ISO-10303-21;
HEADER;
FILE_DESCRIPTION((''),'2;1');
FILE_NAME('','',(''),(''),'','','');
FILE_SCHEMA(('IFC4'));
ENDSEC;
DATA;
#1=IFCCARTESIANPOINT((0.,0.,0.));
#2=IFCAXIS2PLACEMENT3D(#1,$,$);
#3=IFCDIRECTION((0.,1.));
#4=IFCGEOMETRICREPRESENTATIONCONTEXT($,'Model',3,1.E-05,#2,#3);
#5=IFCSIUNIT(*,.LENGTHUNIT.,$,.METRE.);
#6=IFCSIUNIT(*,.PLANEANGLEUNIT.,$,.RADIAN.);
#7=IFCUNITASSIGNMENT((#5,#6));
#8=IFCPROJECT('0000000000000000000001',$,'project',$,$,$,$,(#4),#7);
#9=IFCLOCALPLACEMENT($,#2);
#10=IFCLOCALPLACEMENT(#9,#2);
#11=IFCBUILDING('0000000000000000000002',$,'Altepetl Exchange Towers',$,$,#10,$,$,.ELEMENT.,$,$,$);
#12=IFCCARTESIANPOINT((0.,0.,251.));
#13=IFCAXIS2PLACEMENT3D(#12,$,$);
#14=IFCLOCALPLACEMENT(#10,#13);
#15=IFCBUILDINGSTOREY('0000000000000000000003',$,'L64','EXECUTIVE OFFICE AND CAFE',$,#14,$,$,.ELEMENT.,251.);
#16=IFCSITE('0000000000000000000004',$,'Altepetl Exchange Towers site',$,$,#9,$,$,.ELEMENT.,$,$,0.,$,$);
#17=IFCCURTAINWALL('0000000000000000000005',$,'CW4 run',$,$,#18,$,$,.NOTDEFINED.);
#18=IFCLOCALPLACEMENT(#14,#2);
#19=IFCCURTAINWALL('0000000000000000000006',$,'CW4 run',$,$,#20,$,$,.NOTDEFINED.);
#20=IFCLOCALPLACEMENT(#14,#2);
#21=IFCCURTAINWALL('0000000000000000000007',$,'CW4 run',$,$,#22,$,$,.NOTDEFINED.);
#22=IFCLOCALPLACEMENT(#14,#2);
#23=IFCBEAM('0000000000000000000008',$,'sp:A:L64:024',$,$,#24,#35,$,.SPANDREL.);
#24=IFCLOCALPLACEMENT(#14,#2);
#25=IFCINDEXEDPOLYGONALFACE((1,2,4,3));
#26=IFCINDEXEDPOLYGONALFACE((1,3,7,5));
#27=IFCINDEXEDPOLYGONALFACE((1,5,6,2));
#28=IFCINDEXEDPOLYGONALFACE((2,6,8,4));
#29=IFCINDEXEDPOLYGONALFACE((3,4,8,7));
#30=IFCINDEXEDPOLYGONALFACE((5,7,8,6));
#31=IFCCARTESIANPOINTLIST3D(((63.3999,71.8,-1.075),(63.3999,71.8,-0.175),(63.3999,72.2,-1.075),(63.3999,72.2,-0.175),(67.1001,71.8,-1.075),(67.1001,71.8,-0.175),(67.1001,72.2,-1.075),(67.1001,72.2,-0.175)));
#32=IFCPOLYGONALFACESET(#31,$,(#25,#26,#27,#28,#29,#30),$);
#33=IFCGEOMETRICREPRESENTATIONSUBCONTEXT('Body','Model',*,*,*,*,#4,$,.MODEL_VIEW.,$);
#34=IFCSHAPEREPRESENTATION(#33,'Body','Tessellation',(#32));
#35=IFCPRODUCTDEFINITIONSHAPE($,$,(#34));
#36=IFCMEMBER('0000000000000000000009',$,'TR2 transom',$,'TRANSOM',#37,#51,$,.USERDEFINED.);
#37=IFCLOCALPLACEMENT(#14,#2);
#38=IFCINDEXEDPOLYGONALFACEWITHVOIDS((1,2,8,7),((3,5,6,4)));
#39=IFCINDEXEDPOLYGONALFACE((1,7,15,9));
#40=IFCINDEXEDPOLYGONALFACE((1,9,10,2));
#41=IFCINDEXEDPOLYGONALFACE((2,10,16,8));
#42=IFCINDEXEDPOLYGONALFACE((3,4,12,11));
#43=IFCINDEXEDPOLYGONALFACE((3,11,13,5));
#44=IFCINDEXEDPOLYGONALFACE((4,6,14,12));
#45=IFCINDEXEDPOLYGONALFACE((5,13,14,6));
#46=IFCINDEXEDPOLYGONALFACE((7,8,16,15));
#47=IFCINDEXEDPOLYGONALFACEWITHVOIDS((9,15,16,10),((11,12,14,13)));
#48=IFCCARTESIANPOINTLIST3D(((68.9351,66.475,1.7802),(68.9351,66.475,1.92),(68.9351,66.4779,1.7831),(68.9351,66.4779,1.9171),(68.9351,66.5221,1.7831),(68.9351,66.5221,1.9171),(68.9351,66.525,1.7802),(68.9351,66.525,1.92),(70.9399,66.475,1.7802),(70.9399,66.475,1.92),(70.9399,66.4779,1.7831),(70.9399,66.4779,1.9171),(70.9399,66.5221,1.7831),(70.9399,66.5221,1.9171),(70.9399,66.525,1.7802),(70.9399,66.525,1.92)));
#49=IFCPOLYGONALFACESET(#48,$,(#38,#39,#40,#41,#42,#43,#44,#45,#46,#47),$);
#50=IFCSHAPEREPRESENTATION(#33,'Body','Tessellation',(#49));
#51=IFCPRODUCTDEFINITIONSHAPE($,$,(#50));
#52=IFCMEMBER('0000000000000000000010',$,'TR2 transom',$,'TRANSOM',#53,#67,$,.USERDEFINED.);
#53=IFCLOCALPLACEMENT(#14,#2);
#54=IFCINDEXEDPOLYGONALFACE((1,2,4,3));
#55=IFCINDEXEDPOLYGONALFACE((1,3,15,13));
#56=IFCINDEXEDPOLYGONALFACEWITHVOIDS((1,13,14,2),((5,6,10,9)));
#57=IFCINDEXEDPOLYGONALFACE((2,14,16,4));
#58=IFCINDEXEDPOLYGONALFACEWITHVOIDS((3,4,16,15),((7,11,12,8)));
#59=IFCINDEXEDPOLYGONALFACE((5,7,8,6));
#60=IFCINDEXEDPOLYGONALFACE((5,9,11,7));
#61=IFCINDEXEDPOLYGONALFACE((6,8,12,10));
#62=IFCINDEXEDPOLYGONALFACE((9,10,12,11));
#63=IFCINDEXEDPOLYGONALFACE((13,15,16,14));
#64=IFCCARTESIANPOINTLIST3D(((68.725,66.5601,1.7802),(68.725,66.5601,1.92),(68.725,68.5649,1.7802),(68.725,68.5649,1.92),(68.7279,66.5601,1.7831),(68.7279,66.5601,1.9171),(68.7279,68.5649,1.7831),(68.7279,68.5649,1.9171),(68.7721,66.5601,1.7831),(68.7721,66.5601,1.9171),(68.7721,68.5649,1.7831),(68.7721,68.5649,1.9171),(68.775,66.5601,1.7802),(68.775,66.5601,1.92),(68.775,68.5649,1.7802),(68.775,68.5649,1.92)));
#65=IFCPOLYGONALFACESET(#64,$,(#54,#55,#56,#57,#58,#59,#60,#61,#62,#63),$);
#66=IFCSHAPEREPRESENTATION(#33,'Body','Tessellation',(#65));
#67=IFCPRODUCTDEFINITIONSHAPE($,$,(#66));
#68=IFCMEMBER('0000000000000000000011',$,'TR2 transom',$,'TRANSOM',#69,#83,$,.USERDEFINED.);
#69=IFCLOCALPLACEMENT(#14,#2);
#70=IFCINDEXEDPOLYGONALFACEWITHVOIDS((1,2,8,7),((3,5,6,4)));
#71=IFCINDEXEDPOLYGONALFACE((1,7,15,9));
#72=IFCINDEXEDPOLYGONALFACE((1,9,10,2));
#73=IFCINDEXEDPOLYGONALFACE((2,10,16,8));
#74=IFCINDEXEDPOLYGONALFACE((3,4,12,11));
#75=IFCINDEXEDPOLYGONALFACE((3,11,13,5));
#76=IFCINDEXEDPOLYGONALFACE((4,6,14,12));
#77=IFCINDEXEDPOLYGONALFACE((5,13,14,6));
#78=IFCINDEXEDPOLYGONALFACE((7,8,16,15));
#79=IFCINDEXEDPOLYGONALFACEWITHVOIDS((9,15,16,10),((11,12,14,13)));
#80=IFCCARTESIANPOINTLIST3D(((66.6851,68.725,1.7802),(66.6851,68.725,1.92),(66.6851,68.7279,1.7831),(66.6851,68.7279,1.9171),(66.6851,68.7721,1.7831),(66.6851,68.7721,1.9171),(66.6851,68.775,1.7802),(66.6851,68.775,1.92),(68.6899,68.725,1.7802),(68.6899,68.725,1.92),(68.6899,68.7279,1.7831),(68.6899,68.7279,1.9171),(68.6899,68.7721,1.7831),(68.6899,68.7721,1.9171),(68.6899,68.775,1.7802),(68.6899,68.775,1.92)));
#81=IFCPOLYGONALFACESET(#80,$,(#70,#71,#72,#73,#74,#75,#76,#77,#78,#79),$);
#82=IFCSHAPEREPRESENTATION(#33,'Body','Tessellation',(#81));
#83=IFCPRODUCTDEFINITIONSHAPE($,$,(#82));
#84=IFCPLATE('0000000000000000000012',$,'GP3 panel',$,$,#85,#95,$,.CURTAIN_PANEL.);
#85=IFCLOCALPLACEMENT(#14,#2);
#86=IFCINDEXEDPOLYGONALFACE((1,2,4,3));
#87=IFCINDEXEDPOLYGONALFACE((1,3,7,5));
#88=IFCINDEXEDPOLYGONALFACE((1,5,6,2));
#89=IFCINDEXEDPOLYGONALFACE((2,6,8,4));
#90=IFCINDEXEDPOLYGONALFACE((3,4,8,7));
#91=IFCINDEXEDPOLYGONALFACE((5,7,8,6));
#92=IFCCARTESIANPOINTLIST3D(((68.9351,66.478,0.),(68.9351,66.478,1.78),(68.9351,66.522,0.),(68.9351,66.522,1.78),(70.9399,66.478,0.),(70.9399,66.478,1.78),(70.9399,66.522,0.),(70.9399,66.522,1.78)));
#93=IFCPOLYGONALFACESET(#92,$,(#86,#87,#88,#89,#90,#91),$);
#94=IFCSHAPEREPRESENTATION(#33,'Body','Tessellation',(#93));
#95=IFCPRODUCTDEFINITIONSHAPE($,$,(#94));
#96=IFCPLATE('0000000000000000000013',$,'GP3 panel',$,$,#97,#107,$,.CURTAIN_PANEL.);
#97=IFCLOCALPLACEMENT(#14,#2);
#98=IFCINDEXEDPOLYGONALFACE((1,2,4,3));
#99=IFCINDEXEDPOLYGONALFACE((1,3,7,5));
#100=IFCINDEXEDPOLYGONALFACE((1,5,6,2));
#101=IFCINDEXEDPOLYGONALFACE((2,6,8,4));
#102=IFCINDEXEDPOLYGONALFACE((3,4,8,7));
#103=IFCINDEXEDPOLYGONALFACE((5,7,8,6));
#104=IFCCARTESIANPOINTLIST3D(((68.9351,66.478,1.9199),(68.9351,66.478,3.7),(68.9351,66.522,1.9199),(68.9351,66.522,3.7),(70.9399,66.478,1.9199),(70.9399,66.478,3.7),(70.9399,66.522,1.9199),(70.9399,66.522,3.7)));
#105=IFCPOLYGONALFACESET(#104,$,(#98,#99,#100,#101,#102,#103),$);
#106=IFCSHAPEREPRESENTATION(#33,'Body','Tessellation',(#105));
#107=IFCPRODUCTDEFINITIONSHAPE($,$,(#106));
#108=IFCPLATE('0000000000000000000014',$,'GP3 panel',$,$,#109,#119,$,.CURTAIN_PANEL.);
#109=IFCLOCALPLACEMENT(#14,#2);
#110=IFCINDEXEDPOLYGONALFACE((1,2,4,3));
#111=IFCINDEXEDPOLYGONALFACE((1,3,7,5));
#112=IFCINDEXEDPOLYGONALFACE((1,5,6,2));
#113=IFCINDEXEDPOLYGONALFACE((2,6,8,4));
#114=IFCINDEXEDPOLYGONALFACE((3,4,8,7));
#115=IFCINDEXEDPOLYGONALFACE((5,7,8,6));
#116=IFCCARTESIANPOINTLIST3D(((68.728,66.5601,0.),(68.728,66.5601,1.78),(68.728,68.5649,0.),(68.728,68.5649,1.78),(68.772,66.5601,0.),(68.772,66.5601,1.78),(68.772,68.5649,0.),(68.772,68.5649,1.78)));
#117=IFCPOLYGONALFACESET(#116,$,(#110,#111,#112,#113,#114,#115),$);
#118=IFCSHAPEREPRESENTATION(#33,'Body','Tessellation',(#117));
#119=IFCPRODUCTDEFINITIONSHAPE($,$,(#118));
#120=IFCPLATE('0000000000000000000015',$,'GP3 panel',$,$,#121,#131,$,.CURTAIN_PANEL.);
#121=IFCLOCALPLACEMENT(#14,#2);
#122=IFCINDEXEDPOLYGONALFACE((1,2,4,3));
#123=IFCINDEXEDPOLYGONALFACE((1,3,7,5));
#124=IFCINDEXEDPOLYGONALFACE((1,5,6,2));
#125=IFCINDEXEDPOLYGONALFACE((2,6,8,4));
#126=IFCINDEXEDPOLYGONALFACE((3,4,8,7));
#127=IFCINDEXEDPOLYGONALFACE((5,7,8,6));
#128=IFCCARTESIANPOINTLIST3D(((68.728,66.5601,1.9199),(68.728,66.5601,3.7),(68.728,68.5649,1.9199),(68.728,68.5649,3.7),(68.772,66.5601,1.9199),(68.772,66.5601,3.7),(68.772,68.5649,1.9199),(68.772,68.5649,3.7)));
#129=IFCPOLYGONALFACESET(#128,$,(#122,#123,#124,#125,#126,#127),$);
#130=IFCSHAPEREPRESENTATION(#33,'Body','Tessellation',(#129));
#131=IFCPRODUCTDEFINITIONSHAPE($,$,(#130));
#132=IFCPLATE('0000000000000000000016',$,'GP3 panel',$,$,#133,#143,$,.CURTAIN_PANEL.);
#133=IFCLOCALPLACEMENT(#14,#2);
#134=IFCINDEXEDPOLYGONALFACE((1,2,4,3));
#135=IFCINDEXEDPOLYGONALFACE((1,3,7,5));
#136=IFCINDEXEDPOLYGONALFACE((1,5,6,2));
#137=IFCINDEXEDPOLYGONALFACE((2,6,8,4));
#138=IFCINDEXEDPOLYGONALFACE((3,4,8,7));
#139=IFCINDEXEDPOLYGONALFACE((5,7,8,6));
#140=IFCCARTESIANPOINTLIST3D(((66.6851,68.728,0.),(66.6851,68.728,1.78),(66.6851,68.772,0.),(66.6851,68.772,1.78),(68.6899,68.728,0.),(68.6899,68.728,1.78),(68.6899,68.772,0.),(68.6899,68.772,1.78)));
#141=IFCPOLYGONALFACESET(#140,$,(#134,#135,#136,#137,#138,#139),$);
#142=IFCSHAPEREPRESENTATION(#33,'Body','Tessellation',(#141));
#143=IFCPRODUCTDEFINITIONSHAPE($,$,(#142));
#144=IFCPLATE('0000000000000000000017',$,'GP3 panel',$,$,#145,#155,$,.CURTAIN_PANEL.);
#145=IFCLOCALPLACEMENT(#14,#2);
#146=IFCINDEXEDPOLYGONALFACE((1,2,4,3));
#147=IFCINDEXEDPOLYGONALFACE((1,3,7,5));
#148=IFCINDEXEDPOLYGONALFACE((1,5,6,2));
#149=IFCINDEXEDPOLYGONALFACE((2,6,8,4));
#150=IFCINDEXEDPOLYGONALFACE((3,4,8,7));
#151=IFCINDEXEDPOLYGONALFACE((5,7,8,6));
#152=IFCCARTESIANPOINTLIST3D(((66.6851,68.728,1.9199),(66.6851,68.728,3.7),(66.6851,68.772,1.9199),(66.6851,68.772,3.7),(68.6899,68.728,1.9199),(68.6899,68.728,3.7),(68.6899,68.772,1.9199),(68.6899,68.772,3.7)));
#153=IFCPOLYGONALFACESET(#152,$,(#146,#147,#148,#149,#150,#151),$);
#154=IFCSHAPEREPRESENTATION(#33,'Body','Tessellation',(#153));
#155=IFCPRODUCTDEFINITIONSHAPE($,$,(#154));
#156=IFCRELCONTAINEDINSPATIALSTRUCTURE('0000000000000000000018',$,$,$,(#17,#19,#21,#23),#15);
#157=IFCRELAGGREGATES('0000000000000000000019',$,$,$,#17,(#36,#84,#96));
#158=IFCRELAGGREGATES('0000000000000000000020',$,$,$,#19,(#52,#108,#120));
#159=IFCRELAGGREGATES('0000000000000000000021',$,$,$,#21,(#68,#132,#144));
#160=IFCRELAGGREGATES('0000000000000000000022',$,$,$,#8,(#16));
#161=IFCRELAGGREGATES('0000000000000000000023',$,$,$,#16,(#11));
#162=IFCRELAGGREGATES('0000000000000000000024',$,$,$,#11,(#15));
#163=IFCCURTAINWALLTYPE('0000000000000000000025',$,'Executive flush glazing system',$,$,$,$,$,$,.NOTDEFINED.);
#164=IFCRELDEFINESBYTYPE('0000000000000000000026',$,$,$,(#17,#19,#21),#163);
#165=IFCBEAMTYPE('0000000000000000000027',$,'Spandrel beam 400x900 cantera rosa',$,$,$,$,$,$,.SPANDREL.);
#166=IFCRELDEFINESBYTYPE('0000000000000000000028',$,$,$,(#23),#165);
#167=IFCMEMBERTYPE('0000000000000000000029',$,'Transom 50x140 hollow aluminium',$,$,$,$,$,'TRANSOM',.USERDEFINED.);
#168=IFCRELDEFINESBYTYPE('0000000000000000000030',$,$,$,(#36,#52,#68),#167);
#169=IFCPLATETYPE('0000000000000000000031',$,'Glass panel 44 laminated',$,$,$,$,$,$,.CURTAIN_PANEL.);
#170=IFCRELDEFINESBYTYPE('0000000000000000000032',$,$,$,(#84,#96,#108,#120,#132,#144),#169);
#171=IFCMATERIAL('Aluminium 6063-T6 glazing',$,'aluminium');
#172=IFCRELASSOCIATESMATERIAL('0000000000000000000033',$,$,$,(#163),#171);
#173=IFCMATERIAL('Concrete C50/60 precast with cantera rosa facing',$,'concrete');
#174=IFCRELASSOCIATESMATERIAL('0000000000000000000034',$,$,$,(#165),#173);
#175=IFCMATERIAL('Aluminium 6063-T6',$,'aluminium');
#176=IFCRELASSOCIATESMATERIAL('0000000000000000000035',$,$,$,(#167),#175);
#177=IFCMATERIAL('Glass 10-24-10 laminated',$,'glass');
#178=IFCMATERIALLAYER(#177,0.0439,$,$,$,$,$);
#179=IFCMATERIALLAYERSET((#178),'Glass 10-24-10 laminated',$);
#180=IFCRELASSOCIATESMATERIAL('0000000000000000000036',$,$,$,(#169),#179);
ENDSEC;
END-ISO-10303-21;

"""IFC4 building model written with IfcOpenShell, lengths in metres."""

from ifc_helpers import new_model, si_unit, direction, frame, origin, origin_2d, place, context, subcontext, project, spatial, rectangle, hollow_rectangle, extrude, material, layer, layer_set, material_profile, profile_set, type_object, element, aggregate, save


model = new_model("IFC4")

# Units and contexts
model_context = context("Model", 3, precision=1e-05, world=origin(), true_north=direction((0.0, 1.0)))
body_context = subcontext(model_context, "Body", "Model", "MODEL_VIEW")
ifc_project = project(units=[si_unit("LENGTHUNIT", "METRE"), si_unit("PLANEANGLEUNIT", "RADIAN")], contexts=[model_context])

# Site, building, storey
site_placement = place(None, origin())
site = spatial("IfcSite", under=ifc_project, at=site_placement, Name="Altepetl Exchange Towers site", CompositionType="ELEMENT", RefElevation=0.0)
building_placement = place(site_placement, origin())
building = spatial("IfcBuilding", under=site, at=building_placement, Name="Altepetl Exchange Towers", CompositionType="ELEMENT")
storey_placement = place(building_placement, frame((0.0, 0.0, 251.0)))
storey = spatial("IfcBuildingStorey", under=building, at=storey_placement, Name="L64", Description="EXECUTIVE OFFICE AND CAFE", CompositionType="ELEMENT", Elevation=251.0)

# Curtain walls
ifc_material_1 = material(Name="Aluminium 6063-T6 glazing", Category="aluminium")
curtain_wall_type = type_object("IfcCurtainWallType", Name="Executive flush glazing system", PredefinedType="NOTDEFINED", material=ifc_material_1)
curtain_wall_1_placement = place(storey_placement, origin())
curtain_wall_1 = element("IfcCurtainWall", 1, at=curtain_wall_1_placement, inside=storey, type_object=curtain_wall_type, Name="CW4 run", PredefinedType="NOTDEFINED")
ifc_material_2 = material(Name="Aluminium 6063-T6", Category="aluminium")
curtain_wall_2_placement = place(storey_placement, origin())
curtain_wall_2 = element("IfcCurtainWall", 2, at=curtain_wall_2_placement, inside=storey, type_object=curtain_wall_type, Name="CW4 run", PredefinedType="NOTDEFINED")
curtain_wall_3_placement = place(storey_placement, origin())
curtain_wall_3 = element("IfcCurtainWall", 3, at=curtain_wall_3_placement, inside=storey, type_object=curtain_wall_type, Name="CW4 run", PredefinedType="NOTDEFINED")

# Beam
ifc_material_3 = material(Name="Concrete C50/60 precast with cantera rosa facing", Category="concrete")
ifc_material_profile_1 = material_profile(ifc_material_3, rectangle(XDim=0.3999, YDim=0.8999, at=origin_2d()), Name="400 x 900")
ifc_profile_set_1 = profile_set([ifc_material_profile_1], Name="Concrete C50/60 precast with cantera rosa facing")
beam_type = type_object("IfcBeamType", Name="Spandrel beam 400x900 cantera rosa", PredefinedType="SPANDREL", material=ifc_profile_set_1)
beam_1_placement = place(storey_placement, frame((67.1001, 72.0, -0.625), z_axis=(-1.0, 0.0, 0.0), x_axis=(0.0, -1.0, 0.0)))
element("IfcBeam", 4, at=beam_1_placement, inside=storey, type_object=beam_type, Name="sp:A:L64:024", PredefinedType="SPANDREL", context=body_context, shape_type="SweptSolid", body=[
    extrude(rectangle(XDim=0.3999, YDim=0.8999, at=origin_2d()), origin(), (0.0, 0.0, 1.0), 3.7002),
])

# Members
ifc_material_profile_2 = material_profile(ifc_material_2, hollow_rectangle(XDim=0.05, YDim=0.1399, WallThickness=0.0029, at=origin_2d()), Name="Transom 50x140 hollow aluminium")
ifc_profile_set_2 = profile_set([ifc_material_profile_2], Name="Aluminium 6063-T6")
member_type_1 = type_object("IfcMemberType", Name="Transom 50x140 hollow aluminium", ElementType="TRANSOM", PredefinedType="USERDEFINED", material=ifc_profile_set_2)
member_1_placement = place(storey_placement, frame((70.9399, 66.5, 1.8501), z_axis=(-1.0, 0.0, 0.0), x_axis=(0.0, -1.0, 0.0)))
member_1 = element("IfcMember", 5, at=member_1_placement, type_object=member_type_1, Name="TR2 transom", ObjectType="TRANSOM", PredefinedType="USERDEFINED", context=body_context, shape_type="SweptSolid", body=[
    extrude(hollow_rectangle(XDim=0.05, YDim=0.1399, WallThickness=0.0029, at=origin_2d()), origin(), (0.0, 0.0, 1.0), 2.0049),
])
member_2_placement = place(storey_placement, frame((68.75, 66.5601, 1.8501), z_axis=(0.0, 1.0, 0.0), x_axis=(-1.0, 0.0, 0.0)))
member_2 = element("IfcMember", 6, at=member_2_placement, type_object=member_type_1, Name="TR2 transom", ObjectType="TRANSOM", PredefinedType="USERDEFINED", context=body_context, shape_type="SweptSolid", body=[
    extrude(hollow_rectangle(XDim=0.05, YDim=0.1399, WallThickness=0.0029, at=origin_2d()), origin(), (0.0, 0.0, 1.0), 2.0049),
])
member_3_placement = place(storey_placement, frame((68.6899, 68.75, 1.8501), z_axis=(-1.0, 0.0, 0.0), x_axis=(0.0, -1.0, 0.0)))
member_3 = element("IfcMember", 7, at=member_3_placement, type_object=member_type_1, Name="TR2 transom", ObjectType="TRANSOM", PredefinedType="USERDEFINED", context=body_context, shape_type="SweptSolid", body=[
    extrude(hollow_rectangle(XDim=0.05, YDim=0.1399, WallThickness=0.0029, at=origin_2d()), origin(), (0.0, 0.0, 1.0), 2.0049),
])

# Plates
ifc_material_4 = material(Name="Glass 10-24-10 laminated", Category="glass")
ifc_layer = layer(ifc_material_4, 0.0439)
ifc_layer_set = layer_set([ifc_layer], Name="Glass 10-24-10 laminated")
plate_type = type_object("IfcPlateType", Name="Glass panel 44 laminated", PredefinedType="CURTAIN_PANEL", material=ifc_layer_set)
plate_1_placement = place(storey_placement, frame((69.9375, 66.5, 0.0), z_axis=(0.0, 0.0, 1.0), x_axis=(-1.0, 0.0, 0.0)))
plate_1 = element("IfcPlate", 8, at=plate_1_placement, type_object=plate_type, Name="GP3 panel", PredefinedType="CURTAIN_PANEL", context=body_context, shape_type="SweptSolid", body=[
    extrude(rectangle(XDim=2.0049, YDim=0.0439, at=origin_2d()), origin(), (0.0, 0.0, 1.0), 1.78),
])
plate_2_placement = place(storey_placement, frame((69.9375, 66.5, 1.9199), z_axis=(0.0, 0.0, 1.0), x_axis=(-1.0, 0.0, 0.0)))
plate_2 = element("IfcPlate", 9, at=plate_2_placement, type_object=plate_type, Name="GP3 panel", PredefinedType="CURTAIN_PANEL", context=body_context, shape_type="SweptSolid", body=[
    extrude(rectangle(XDim=2.0049, YDim=0.0439, at=origin_2d()), origin(), (0.0, 0.0, 1.0), 1.78),
])
aggregate(curtain_wall_1, [member_1, plate_1, plate_2])
plate_3_placement = place(storey_placement, frame((68.75, 67.5625, 0.0), z_axis=(0.0, 0.0, 1.0), x_axis=(0.0, 1.0, 0.0)))
plate_3 = element("IfcPlate", 10, at=plate_3_placement, type_object=plate_type, Name="GP3 panel", PredefinedType="CURTAIN_PANEL", context=body_context, shape_type="SweptSolid", body=[
    extrude(rectangle(XDim=2.0049, YDim=0.0439, at=origin_2d()), origin(), (0.0, 0.0, 1.0), 1.78),
])
plate_4_placement = place(storey_placement, frame((68.75, 67.5625, 1.9199), z_axis=(0.0, 0.0, 1.0), x_axis=(0.0, 1.0, 0.0)))
plate_4 = element("IfcPlate", 11, at=plate_4_placement, type_object=plate_type, Name="GP3 panel", PredefinedType="CURTAIN_PANEL", context=body_context, shape_type="SweptSolid", body=[
    extrude(rectangle(XDim=2.0049, YDim=0.0439, at=origin_2d()), origin(), (0.0, 0.0, 1.0), 1.78),
])
aggregate(curtain_wall_2, [member_2, plate_3, plate_4])
plate_5_placement = place(storey_placement, frame((67.6875, 68.75, 0.0), z_axis=(0.0, 0.0, 1.0), x_axis=(-1.0, 0.0, 0.0)))
plate_5 = element("IfcPlate", 12, at=plate_5_placement, type_object=plate_type, Name="GP3 panel", PredefinedType="CURTAIN_PANEL", context=body_context, shape_type="SweptSolid", body=[
    extrude(rectangle(XDim=2.0049, YDim=0.0439, at=origin_2d()), origin(), (0.0, 0.0, 1.0), 1.78),
])
plate_6_placement = place(storey_placement, frame((67.6875, 68.75, 1.9199), z_axis=(0.0, 0.0, 1.0), x_axis=(-1.0, 0.0, 0.0)))
plate_6 = element("IfcPlate", 13, at=plate_6_placement, type_object=plate_type, Name="GP3 panel", PredefinedType="CURTAIN_PANEL", context=body_context, shape_type="SweptSolid", body=[
    extrude(rectangle(XDim=2.0049, YDim=0.0439, at=origin_2d()), origin(), (0.0, 0.0, 1.0), 1.78),
])
aggregate(curtain_wall_3, [member_3, plate_5, plate_6])

save(model, "model.ifc")
